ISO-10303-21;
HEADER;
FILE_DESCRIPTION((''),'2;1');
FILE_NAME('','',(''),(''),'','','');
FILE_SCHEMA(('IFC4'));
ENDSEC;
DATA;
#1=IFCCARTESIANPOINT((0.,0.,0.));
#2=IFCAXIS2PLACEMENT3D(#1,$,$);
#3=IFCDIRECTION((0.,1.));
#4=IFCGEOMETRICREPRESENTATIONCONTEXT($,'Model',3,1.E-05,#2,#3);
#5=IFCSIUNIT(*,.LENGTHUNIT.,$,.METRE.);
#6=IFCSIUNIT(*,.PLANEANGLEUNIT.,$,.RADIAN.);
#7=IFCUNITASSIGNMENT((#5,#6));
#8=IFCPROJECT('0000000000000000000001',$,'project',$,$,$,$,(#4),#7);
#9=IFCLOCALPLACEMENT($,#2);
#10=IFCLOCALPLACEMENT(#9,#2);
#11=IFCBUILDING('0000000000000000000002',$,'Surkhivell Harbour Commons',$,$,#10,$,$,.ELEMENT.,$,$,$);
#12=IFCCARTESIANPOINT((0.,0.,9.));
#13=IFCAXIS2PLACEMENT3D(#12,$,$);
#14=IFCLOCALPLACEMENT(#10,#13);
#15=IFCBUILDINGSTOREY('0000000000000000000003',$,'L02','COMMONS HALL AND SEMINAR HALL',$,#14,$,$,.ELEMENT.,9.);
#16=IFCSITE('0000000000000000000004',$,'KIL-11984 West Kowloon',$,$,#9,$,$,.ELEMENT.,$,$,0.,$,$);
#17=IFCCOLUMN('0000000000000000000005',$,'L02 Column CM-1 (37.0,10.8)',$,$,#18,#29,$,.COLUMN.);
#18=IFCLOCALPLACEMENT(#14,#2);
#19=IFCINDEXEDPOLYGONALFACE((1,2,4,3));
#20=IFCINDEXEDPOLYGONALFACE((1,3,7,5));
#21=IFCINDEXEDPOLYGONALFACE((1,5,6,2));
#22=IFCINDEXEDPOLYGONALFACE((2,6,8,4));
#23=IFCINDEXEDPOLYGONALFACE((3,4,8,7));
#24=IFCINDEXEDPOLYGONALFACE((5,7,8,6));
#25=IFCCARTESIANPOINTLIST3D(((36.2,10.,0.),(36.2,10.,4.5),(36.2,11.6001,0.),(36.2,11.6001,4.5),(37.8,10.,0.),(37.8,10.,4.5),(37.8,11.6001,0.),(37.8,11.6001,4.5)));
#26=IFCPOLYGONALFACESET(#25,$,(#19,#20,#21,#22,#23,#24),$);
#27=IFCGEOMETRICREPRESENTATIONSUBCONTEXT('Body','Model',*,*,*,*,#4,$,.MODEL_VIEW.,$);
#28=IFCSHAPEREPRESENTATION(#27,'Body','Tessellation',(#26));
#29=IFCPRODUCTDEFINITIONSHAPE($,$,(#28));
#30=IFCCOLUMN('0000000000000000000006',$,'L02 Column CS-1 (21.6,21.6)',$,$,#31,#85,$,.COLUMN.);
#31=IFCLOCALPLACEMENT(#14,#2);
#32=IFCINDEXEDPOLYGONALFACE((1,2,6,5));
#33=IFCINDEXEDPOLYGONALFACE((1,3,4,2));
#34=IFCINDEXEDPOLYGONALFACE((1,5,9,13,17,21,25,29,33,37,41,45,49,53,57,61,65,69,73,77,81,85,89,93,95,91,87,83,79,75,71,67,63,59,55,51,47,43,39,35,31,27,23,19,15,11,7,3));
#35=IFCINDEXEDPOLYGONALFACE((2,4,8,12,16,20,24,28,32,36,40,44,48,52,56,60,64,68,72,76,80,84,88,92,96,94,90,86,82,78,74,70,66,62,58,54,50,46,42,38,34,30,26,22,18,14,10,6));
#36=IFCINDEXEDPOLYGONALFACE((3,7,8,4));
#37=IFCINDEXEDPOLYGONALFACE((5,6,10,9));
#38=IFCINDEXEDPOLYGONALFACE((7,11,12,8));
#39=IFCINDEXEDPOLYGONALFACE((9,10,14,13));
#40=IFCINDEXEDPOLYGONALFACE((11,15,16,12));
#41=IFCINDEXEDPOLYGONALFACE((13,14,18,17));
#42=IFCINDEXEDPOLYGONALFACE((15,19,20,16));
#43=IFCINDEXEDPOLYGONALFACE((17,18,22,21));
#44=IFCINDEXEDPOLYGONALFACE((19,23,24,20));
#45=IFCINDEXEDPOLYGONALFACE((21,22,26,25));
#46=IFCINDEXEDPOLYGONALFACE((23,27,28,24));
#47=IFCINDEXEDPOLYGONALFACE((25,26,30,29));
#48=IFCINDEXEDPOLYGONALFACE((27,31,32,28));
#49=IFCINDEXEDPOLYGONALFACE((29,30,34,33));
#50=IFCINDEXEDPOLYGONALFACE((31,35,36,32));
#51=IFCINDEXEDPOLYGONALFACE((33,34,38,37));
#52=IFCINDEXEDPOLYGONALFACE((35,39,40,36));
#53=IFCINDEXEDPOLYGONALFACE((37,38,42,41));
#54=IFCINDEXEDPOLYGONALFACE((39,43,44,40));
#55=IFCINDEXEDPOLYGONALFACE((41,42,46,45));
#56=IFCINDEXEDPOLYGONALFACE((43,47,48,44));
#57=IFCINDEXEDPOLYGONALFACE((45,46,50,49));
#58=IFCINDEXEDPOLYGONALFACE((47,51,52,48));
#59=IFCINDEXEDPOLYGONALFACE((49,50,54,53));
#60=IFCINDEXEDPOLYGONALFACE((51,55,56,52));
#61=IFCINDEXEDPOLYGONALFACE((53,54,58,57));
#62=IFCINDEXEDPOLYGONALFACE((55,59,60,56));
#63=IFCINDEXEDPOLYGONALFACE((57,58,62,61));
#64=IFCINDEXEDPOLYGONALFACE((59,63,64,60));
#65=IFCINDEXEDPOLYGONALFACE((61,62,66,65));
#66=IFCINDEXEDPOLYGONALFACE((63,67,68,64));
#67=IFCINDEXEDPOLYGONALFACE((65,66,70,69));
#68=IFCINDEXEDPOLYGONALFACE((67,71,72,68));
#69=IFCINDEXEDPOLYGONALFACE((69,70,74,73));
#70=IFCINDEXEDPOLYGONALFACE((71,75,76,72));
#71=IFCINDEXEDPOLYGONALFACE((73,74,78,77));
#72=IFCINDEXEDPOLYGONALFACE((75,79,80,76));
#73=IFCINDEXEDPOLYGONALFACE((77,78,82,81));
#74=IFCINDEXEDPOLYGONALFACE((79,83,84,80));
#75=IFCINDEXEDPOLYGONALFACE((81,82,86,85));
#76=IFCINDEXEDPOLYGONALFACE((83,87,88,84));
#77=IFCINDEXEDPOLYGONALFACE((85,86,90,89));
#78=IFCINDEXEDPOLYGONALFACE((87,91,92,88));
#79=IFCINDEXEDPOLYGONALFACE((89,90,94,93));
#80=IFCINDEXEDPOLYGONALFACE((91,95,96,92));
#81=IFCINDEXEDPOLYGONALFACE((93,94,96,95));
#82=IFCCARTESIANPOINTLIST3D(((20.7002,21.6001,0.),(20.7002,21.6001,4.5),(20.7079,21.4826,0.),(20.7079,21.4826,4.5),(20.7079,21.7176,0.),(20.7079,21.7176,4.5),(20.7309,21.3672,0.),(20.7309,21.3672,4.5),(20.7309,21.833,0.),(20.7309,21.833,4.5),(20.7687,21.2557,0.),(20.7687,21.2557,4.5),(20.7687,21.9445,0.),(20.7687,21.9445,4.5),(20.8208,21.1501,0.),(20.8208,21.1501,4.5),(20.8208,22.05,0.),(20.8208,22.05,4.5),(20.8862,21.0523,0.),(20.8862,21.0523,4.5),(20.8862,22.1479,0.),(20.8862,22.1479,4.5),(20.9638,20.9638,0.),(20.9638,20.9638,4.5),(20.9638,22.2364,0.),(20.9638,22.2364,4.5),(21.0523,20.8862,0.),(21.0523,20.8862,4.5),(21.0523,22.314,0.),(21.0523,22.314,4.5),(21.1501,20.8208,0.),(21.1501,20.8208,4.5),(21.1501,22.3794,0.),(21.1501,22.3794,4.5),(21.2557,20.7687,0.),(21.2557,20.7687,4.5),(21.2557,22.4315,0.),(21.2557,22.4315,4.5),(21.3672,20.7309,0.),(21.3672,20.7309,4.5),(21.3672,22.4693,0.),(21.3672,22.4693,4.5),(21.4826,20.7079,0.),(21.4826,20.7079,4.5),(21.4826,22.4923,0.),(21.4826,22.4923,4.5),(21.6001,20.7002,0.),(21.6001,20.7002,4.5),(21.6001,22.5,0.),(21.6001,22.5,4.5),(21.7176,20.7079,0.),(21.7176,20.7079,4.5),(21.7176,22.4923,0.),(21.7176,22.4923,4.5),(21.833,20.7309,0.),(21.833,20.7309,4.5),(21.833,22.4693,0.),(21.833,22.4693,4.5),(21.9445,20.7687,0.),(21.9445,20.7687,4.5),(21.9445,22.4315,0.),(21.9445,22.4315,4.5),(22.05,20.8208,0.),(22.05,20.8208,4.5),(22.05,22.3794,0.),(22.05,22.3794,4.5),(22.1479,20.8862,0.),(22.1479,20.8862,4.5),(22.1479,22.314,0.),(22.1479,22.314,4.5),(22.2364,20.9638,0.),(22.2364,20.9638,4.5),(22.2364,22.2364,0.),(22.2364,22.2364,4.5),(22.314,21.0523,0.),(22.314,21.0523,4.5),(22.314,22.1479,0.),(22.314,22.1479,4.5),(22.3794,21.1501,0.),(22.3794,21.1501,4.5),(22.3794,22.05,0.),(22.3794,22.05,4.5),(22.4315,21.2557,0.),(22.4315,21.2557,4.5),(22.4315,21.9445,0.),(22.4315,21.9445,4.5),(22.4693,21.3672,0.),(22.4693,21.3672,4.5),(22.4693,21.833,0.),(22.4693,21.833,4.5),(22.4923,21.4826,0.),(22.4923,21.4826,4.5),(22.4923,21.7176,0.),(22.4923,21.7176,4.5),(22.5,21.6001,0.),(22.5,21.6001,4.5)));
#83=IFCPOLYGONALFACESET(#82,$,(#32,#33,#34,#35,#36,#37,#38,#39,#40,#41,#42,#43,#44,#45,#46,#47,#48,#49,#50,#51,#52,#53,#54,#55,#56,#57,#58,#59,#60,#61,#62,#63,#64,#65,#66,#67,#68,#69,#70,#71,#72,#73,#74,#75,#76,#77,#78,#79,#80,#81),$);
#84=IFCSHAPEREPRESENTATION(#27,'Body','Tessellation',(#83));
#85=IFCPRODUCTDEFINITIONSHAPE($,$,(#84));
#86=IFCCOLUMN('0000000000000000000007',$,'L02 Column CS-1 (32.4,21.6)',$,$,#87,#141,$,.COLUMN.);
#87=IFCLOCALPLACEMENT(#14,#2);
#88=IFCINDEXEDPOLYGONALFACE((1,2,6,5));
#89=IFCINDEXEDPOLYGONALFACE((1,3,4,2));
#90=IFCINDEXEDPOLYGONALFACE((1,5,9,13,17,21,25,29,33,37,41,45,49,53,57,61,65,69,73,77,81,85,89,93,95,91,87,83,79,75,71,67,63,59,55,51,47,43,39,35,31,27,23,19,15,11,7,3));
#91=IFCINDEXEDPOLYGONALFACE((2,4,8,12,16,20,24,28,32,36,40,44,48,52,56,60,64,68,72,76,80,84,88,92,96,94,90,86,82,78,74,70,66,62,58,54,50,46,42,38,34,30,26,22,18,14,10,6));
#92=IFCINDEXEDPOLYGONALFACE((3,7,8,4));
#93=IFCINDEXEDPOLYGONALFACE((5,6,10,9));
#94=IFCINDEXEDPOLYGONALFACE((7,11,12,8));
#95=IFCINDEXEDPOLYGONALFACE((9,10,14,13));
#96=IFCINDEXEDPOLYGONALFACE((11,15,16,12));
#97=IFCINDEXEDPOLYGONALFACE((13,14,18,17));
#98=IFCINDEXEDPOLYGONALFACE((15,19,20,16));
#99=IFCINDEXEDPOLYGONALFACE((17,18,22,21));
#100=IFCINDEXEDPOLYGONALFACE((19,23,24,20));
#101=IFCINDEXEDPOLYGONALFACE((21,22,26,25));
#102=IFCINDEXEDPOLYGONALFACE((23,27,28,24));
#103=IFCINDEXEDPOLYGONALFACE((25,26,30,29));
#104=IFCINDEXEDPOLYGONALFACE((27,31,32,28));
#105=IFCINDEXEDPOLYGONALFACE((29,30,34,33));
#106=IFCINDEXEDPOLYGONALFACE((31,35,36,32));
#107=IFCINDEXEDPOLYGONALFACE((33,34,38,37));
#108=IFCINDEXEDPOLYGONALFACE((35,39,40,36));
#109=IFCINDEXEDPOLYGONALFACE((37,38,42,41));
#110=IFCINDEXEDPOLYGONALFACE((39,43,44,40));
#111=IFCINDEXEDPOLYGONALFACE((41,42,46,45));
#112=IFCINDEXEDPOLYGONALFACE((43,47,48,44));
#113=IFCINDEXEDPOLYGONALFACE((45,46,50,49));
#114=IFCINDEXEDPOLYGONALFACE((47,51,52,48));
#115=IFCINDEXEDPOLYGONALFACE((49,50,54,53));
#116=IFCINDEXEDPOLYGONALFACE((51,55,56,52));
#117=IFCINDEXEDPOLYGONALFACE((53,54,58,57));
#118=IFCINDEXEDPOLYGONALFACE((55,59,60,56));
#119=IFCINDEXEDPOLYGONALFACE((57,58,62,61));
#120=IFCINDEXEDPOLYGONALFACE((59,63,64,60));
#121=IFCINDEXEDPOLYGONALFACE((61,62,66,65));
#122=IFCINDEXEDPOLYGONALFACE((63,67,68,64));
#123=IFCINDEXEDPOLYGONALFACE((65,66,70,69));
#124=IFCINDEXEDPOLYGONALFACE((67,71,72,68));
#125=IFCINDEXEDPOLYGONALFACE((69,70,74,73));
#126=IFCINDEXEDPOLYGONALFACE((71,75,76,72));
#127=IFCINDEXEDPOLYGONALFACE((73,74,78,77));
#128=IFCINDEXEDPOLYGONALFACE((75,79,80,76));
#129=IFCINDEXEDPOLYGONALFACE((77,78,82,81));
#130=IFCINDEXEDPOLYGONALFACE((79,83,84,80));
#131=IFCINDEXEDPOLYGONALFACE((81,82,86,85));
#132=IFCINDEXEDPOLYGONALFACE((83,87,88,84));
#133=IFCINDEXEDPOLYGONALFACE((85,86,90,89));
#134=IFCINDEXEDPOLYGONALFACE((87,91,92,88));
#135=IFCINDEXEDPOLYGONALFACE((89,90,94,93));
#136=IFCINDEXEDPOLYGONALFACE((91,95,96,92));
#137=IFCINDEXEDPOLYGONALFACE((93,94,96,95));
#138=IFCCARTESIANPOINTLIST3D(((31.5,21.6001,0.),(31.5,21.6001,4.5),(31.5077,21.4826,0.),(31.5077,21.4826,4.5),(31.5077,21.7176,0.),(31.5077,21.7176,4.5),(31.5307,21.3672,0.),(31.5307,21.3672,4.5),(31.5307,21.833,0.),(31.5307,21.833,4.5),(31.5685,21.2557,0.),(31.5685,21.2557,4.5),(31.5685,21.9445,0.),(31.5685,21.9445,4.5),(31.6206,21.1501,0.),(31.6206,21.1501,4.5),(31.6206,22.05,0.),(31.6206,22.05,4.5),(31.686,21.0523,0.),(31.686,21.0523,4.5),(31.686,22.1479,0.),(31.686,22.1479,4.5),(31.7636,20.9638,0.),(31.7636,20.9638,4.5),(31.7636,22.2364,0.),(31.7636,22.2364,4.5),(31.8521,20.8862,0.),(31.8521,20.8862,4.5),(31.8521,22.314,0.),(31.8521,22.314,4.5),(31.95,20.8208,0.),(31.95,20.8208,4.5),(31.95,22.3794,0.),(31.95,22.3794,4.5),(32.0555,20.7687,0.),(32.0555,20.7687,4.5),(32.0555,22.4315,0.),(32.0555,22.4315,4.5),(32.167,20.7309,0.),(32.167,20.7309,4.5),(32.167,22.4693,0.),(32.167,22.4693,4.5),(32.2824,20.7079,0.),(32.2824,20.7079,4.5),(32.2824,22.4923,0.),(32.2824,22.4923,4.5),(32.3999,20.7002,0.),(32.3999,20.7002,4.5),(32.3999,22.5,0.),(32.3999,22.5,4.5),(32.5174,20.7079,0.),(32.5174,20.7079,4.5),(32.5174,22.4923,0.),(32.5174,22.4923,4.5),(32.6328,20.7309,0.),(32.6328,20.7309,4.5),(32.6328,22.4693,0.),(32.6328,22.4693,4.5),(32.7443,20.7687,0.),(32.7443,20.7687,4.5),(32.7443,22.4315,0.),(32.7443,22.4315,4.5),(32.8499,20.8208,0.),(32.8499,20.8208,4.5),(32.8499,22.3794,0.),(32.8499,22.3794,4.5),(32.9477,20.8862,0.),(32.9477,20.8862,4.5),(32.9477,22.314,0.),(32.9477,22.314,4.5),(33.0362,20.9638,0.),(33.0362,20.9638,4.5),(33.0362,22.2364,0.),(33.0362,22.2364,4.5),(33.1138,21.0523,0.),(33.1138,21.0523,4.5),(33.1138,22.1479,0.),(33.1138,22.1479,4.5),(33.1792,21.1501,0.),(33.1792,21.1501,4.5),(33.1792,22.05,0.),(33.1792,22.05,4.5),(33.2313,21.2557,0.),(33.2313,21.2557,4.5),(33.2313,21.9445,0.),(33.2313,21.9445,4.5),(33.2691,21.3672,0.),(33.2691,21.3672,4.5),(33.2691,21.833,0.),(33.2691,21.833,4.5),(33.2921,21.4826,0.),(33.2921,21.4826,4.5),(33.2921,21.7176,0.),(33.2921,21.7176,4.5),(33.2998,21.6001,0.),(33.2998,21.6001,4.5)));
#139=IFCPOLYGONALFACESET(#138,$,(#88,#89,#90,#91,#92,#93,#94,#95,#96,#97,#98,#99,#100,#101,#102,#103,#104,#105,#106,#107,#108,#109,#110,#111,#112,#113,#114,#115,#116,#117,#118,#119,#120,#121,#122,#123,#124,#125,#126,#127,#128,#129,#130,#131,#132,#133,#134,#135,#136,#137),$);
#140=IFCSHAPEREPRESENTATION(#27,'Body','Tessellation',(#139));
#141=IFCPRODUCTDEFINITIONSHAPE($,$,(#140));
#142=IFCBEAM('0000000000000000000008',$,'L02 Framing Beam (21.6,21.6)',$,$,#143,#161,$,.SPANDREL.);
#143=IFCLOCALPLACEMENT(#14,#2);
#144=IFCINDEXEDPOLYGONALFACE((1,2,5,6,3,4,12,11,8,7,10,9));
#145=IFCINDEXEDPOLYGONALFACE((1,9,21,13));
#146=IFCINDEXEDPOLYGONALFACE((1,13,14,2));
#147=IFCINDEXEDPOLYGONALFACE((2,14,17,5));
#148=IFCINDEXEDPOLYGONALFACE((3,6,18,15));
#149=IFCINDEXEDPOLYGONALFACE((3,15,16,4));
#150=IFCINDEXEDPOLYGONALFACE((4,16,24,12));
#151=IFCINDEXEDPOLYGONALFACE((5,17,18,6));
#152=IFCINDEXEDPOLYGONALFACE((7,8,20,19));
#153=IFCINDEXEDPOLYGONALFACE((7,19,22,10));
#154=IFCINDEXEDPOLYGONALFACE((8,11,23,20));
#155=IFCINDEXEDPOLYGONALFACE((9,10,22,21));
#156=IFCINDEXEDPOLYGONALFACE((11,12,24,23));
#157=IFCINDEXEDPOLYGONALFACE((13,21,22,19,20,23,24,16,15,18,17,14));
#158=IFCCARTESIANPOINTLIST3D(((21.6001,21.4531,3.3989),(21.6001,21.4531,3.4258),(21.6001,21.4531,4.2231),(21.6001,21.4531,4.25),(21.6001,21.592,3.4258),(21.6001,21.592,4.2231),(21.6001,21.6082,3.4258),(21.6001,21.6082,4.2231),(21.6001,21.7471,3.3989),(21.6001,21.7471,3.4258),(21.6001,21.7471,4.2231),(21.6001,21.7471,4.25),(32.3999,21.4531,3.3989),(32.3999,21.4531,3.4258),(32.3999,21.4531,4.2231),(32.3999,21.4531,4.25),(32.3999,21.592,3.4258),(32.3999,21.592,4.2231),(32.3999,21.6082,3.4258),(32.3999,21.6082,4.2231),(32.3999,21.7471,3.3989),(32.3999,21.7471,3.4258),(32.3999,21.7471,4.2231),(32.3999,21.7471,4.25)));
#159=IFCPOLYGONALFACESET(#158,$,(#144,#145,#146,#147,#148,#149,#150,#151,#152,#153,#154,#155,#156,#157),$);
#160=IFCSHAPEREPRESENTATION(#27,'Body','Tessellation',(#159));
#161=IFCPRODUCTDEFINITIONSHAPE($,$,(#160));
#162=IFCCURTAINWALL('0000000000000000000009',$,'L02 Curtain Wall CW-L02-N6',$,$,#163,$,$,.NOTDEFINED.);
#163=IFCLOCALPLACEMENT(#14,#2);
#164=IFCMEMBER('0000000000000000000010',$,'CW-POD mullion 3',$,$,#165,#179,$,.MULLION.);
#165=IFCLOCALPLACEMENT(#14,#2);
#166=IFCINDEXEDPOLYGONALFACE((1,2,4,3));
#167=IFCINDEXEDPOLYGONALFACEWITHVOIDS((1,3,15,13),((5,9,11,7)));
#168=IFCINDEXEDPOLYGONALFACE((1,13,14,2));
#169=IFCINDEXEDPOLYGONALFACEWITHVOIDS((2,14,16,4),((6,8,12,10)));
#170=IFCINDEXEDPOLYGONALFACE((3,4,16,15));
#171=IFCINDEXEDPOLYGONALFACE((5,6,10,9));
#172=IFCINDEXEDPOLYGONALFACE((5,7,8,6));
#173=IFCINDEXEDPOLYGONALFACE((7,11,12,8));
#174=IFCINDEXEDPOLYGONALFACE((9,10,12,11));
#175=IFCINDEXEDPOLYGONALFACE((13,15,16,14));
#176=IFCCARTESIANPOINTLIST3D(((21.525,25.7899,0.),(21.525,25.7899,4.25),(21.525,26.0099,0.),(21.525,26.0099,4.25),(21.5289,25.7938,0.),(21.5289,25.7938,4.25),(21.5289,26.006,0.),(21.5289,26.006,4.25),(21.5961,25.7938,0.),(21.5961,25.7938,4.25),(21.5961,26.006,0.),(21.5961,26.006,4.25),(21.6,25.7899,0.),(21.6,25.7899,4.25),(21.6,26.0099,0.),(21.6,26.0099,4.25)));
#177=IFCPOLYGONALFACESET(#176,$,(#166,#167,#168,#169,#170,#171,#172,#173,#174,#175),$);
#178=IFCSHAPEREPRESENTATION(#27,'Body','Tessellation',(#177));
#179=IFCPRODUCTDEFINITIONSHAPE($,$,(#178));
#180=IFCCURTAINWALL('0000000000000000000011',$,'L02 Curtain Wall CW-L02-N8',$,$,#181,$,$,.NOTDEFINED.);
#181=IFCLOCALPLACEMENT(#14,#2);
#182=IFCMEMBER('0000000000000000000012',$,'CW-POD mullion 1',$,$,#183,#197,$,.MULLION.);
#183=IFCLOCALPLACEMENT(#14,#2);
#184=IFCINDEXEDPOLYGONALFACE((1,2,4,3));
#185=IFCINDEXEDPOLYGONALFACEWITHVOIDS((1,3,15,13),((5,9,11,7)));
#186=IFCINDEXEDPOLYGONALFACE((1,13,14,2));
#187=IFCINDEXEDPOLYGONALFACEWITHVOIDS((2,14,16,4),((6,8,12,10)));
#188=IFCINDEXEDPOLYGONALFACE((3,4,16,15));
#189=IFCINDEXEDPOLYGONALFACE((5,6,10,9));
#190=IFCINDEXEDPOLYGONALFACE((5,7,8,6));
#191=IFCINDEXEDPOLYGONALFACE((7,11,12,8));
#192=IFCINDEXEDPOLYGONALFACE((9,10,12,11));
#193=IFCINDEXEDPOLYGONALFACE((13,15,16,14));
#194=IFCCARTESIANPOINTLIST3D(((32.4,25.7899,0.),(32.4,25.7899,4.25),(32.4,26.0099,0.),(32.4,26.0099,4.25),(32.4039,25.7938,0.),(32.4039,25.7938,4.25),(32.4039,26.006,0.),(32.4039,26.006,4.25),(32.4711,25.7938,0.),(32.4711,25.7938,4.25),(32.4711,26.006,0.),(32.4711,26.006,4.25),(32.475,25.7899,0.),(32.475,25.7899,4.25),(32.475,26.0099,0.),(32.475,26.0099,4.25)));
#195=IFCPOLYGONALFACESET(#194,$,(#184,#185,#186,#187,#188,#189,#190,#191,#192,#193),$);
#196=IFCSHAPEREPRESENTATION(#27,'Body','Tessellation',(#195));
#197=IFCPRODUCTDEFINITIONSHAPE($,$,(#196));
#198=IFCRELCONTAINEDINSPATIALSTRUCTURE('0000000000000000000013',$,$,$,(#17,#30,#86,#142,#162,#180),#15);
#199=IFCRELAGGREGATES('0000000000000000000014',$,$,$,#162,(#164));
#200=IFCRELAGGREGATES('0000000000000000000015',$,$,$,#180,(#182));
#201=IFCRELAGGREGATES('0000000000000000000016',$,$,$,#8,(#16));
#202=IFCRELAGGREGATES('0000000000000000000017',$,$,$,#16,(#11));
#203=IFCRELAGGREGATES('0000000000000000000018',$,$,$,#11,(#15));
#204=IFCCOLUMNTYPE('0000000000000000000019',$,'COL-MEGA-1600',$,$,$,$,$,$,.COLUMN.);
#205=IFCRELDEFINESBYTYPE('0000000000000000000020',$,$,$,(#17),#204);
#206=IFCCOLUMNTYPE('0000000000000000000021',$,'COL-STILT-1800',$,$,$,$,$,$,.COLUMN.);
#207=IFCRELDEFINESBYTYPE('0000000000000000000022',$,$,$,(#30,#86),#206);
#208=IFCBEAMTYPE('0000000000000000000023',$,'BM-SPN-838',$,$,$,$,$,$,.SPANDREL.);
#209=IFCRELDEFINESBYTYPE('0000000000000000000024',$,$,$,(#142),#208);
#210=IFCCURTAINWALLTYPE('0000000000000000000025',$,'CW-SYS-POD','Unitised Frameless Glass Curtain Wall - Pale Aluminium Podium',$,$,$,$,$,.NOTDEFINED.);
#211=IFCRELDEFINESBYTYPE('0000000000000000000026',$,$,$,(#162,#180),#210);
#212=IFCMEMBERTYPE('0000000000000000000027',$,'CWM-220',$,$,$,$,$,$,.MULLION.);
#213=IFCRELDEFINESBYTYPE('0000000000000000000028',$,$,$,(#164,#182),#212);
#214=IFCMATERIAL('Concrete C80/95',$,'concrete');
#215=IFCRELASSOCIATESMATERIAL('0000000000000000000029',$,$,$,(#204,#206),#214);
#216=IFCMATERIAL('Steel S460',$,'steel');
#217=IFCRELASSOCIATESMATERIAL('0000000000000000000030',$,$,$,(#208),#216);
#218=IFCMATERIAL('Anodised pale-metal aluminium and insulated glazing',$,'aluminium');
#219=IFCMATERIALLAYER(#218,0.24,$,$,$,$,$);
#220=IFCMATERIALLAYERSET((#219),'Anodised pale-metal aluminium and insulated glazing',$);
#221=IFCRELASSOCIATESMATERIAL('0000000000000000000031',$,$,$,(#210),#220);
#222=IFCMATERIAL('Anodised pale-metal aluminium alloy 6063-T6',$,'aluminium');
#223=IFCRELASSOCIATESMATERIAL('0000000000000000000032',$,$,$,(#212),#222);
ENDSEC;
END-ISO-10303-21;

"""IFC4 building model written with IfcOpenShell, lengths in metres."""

from ifc_helpers import new_model, si_unit, direction, frame, origin, origin_2d, place, context, subcontext, project, spatial, rectangle, hollow_rectangle, circle, i_section, extrude, material, layer, layer_set, material_profile, profile_set, type_object, element, aggregate, save


model = new_model("IFC4")

# Units and contexts
model_context = context("Model", 3, precision=1e-05, world=origin(), true_north=direction((0.0, 1.0)))
body_context = subcontext(model_context, "Body", "Model", "MODEL_VIEW")
ifc_project = project(units=[si_unit("LENGTHUNIT", "METRE"), si_unit("PLANEANGLEUNIT", "RADIAN")], contexts=[model_context])

# Site, building, storey
site_placement = place(None, origin())
site = spatial("IfcSite", under=ifc_project, at=site_placement, Name="KIL-11984 West Kowloon", CompositionType="ELEMENT", RefElevation=0.0)
building_placement = place(site_placement, origin())
building = spatial("IfcBuilding", under=site, at=building_placement, Name="Surkhivell Harbour Commons", CompositionType="ELEMENT")
storey_placement = place(building_placement, frame((0.0, 0.0, 9.0)))
storey = spatial("IfcBuildingStorey", under=building, at=storey_placement, Name="L02", Description="COMMONS HALL AND SEMINAR HALL", CompositionType="ELEMENT", Elevation=9.0)

# Columns
ifc_material_1 = material(Name="Concrete C80/95", Category="concrete")
ifc_material_profile_1 = material_profile(ifc_material_1, rectangle(XDim=1.6001, YDim=1.6001, at=origin_2d()), Name="RC-COL-1600x1600")
ifc_profile_set_1 = profile_set([ifc_material_profile_1], Name="Concrete C80/95")
column_type_1 = type_object("IfcColumnType", Name="COL-MEGA-1600", PredefinedType="COLUMN", material=ifc_profile_set_1)
column_placement = place(storey_placement, frame((37.0, 10.8, 0.0), z_axis=(0.0, 0.0, 1.0), x_axis=(1.0, 0.0, 0.0)))
element("IfcColumn", 1, at=column_placement, inside=storey, type_object=column_type_1, Name="L02 Column CM-1 (37.0,10.8)", PredefinedType="COLUMN", context=body_context, shape_type="SweptSolid", body=[
    extrude(rectangle(XDim=1.6001, YDim=1.6001, at=origin_2d()), origin(), (0.0, 0.0, 1.0), 4.5),
])
ifc_material_profile_2 = material_profile(ifc_material_1, circle(Radius=0.8999, at=origin_2d()), Name="RC-CIRC-1800")
ifc_profile_set_2 = profile_set([ifc_material_profile_2], Name="Concrete C80/95")
column_type_2 = type_object("IfcColumnType", Name="COL-STILT-1800", PredefinedType="COLUMN", material=ifc_profile_set_2)
for number, where, z_axis, x_axis, name in (
    (2, (21.6001, 21.6001, 0.0), (0.0, 0.0, 1.0), (1.0, 0.0, 0.0), "L02 Column CS-1 (21.6,21.6)"),
    (3, (32.3999, 21.6001, 0.0), (0.0, 0.0, 1.0), (1.0, 0.0, 0.0), "L02 Column CS-1 (32.4,21.6)"),
):
    element("IfcColumn", number, at=place(storey_placement, frame(where, z_axis=z_axis, x_axis=x_axis)), inside=storey, type_object=column_type_2, Name=name, PredefinedType="COLUMN", context=body_context, shape_type="SweptSolid", body=[
        extrude(circle(Radius=0.8999, at=origin_2d()), origin(), (0.0, 0.0, 1.0), 4.5),
    ])

# Beam
ifc_material_2 = material(Name="Steel S460", Category="steel")
ifc_material_profile_3 = material_profile(ifc_material_2, i_section(OverallWidth=0.2939, OverallDepth=0.8511, WebThickness=0.0161, FlangeThickness=0.0269, at=origin_2d()), Name="UB838x292x226")
ifc_profile_set_3 = profile_set([ifc_material_profile_3], Name="Steel S460")
beam_type = type_object("IfcBeamType", Name="BM-SPN-838", PredefinedType="SPANDREL", material=ifc_profile_set_3)
beam_placement = place(storey_placement, frame((21.6001, 21.6001, 3.8245), z_axis=(1.0, 0.0, 0.0), x_axis=(0.0, 1.0, 0.0)))
element("IfcBeam", 4, at=beam_placement, inside=storey, type_object=beam_type, Name="L02 Framing Beam (21.6,21.6)", PredefinedType="SPANDREL", context=body_context, shape_type="SweptSolid", body=[
    extrude(i_section(OverallWidth=0.2939, OverallDepth=0.8511, WebThickness=0.0161, FlangeThickness=0.0269, at=origin_2d()), origin(), (0.0, 0.0, 1.0), 10.7998),
])

# Curtain wall, member
ifc_material_3 = material(Name="Anodised pale-metal aluminium and insulated glazing", Category="aluminium")
ifc_layer_1 = layer(ifc_material_3, 0.24)
ifc_layer_set_1 = layer_set([ifc_layer_1], Name="Anodised pale-metal aluminium and insulated glazing")
curtain_wall_type = type_object("IfcCurtainWallType", Name="CW-SYS-POD", Description="Unitised Frameless Glass Curtain Wall - Pale Aluminium Podium", PredefinedType="NOTDEFINED", material=ifc_layer_set_1)
curtain_wall_1_placement = place(storey_placement, origin())
curtain_wall_1 = element("IfcCurtainWall", 5, at=curtain_wall_1_placement, inside=storey, type_object=curtain_wall_type, Name="L02 Curtain Wall CW-L02-N6", PredefinedType="NOTDEFINED")
ifc_material_4 = material(Name="Anodised pale-metal aluminium alloy 6063-T6", Category="aluminium")
ifc_material_profile_4 = material_profile(ifc_material_4, hollow_rectangle(XDim=0.075, YDim=0.22, WallThickness=0.0039, at=origin_2d()), Name="ALU-MULL-75x220")
ifc_profile_set_4 = profile_set([ifc_material_profile_4], Name="Anodised pale-metal aluminium alloy 6063-T6")
member_type_1 = type_object("IfcMemberType", Name="CWM-220", PredefinedType="MULLION", material=ifc_profile_set_4)
member_1_placement = place(storey_placement, frame((21.5625, 25.8999, 0.0), z_axis=(0.0, 0.0, 1.0), x_axis=(1.0, 0.0, 0.0)))
member_1 = element("IfcMember", 6, at=member_1_placement, type_object=member_type_1, Name="CW-POD mullion 3", PredefinedType="MULLION", context=body_context, shape_type="SweptSolid", body=[
    extrude(hollow_rectangle(XDim=0.075, YDim=0.22, WallThickness=0.0039, at=origin_2d()), origin(), (0.0, 0.0, 1.0), 4.25),
])

# Curtain wall, member
curtain_wall_2_placement = place(storey_placement, origin())
curtain_wall_2 = element("IfcCurtainWall", 7, at=curtain_wall_2_placement, inside=storey, type_object=curtain_wall_type, Name="L02 Curtain Wall CW-L02-N8", PredefinedType="NOTDEFINED")
member_2_placement = place(storey_placement, frame((32.4375, 25.8999, 0.0), z_axis=(0.0, 0.0, 1.0), x_axis=(1.0, 0.0, 0.0)))
member_2 = element("IfcMember", 8, at=member_2_placement, type_object=member_type_1, Name="CW-POD mullion 1", PredefinedType="MULLION", context=body_context, shape_type="SweptSolid", body=[
    extrude(hollow_rectangle(XDim=0.075, YDim=0.22, WallThickness=0.0039, at=origin_2d()), origin(), (0.0, 0.0, 1.0), 4.25),
])

aggregate(curtain_wall_1, [member_1])
aggregate(curtain_wall_2, [member_2])

save(model, "model.ifc")
